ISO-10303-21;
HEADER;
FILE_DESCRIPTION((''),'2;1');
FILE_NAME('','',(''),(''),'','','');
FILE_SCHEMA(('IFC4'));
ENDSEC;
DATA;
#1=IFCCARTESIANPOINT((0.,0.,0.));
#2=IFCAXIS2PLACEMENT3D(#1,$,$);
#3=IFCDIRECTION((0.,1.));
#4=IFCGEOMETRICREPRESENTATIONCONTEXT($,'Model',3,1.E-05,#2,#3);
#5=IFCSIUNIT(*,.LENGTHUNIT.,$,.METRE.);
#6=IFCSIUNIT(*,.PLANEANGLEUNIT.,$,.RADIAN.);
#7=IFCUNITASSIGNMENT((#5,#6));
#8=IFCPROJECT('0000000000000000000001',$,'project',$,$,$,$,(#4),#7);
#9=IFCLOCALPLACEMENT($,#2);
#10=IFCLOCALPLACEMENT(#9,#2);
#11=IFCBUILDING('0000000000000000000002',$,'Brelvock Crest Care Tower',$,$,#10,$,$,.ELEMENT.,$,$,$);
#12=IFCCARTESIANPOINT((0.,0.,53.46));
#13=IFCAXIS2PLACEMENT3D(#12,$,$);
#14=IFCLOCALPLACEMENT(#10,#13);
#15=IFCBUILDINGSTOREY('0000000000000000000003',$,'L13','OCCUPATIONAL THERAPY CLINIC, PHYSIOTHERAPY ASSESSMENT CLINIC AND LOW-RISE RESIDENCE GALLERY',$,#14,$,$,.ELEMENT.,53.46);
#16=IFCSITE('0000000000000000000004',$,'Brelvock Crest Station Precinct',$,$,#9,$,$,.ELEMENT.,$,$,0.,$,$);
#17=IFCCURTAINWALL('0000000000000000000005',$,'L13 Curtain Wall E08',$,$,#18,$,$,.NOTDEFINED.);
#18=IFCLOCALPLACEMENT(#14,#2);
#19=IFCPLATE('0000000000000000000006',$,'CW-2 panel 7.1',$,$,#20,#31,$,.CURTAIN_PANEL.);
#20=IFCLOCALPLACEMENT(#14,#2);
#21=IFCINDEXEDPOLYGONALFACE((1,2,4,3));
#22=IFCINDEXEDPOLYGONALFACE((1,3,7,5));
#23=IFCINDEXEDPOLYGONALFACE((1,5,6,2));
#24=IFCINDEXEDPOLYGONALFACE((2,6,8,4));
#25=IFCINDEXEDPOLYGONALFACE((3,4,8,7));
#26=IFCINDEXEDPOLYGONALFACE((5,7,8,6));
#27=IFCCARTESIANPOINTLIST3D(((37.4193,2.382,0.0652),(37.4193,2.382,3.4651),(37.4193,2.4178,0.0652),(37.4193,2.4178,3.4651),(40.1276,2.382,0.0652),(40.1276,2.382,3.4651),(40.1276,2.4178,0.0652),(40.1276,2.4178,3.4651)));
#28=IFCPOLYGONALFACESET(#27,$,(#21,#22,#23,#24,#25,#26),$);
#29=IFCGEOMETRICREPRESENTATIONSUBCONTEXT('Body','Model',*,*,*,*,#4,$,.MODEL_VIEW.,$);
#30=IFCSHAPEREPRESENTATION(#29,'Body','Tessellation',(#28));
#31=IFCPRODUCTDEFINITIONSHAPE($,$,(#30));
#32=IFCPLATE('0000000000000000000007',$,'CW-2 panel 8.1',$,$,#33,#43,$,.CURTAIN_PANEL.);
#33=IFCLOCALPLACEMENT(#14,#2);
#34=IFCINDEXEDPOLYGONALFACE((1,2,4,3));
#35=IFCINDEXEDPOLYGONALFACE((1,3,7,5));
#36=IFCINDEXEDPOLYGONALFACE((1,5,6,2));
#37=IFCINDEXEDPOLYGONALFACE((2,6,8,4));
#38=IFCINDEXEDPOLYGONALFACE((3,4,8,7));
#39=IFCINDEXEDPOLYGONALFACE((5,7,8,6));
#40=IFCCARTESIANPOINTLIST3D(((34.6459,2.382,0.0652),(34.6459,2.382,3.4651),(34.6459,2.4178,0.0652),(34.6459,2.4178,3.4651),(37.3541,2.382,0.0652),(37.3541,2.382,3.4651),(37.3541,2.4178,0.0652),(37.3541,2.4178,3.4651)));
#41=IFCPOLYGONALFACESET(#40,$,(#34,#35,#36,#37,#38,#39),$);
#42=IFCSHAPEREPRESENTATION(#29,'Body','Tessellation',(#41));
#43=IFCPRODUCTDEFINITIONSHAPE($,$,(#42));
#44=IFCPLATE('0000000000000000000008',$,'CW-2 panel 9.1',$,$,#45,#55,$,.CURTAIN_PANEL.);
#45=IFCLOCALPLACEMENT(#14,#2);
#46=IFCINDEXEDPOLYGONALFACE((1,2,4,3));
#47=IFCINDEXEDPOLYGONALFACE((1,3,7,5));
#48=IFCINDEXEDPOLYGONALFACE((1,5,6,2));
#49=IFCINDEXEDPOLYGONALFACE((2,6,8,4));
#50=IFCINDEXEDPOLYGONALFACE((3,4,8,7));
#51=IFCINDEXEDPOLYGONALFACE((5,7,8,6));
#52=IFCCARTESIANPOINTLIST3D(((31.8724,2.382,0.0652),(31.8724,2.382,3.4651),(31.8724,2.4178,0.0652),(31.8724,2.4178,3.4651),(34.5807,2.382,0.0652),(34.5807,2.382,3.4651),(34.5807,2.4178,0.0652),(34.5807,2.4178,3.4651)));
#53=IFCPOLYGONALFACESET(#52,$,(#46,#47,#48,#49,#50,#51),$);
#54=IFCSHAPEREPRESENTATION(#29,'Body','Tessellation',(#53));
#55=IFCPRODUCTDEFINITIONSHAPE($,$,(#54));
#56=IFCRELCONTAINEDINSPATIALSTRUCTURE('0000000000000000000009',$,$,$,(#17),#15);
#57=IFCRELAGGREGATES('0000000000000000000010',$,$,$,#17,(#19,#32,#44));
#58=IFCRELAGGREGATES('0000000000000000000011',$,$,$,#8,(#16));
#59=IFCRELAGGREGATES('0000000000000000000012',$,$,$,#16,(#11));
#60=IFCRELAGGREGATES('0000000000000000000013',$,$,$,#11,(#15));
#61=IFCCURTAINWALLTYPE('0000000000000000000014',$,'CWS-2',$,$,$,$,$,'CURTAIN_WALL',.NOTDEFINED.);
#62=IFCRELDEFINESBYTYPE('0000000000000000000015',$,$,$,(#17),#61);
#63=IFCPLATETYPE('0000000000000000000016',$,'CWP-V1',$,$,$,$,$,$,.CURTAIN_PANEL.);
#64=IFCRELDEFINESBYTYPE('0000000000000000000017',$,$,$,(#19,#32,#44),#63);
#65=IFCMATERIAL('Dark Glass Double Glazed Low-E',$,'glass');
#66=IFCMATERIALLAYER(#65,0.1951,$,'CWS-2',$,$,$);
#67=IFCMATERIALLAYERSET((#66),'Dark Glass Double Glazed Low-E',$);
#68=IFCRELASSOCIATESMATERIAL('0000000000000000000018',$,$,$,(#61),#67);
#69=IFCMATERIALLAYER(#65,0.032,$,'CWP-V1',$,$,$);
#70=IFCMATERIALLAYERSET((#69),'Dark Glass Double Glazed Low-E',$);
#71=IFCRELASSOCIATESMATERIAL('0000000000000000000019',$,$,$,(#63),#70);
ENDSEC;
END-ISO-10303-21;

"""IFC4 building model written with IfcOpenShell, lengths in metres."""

from ifc_helpers import new_model, si_unit, direction, frame, origin, origin_2d, place, context, subcontext, project, spatial, rectangle, extrude, source, transform, mapped, material, layer, layer_set, type_object, element, aggregate, save


model = new_model("IFC4")

# Units and contexts
model_context = context("Model", 3, precision=1e-05, world=origin(), true_north=direction((0.0, 1.0)))
body_context = subcontext(model_context, "Body", "Model", "MODEL_VIEW")
ifc_project = project(units=[si_unit("LENGTHUNIT", "METRE"), si_unit("PLANEANGLEUNIT", "RADIAN")], contexts=[model_context])

# Site, building, storey
site_placement = place(None, origin())
site = spatial("IfcSite", under=ifc_project, at=site_placement, Name="Brelvock Crest Station Precinct", CompositionType="ELEMENT", RefElevation=0.0)
building_placement = place(site_placement, origin())
building = spatial("IfcBuilding", under=site, at=building_placement, Name="Brelvock Crest Care Tower", CompositionType="ELEMENT")
storey_placement = place(building_placement, frame((0.0, 0.0, 53.46)))
storey = spatial("IfcBuildingStorey", under=building, at=storey_placement, Name="L13", Description="OCCUPATIONAL THERAPY CLINIC, PHYSIOTHERAPY ASSESSMENT CLINIC AND LOW-RISE RESIDENCE GALLERY", CompositionType="ELEMENT", Elevation=53.46)

# Curtain wall, plates
ifc_material_1 = material(Name="Dark Glass Double Glazed Low-E", Category="glass")
ifc_layer_1 = layer(ifc_material_1, 0.1951, Name="CWS-2")
ifc_layer_set_1 = layer_set([ifc_layer_1], Name="Dark Glass Double Glazed Low-E")
curtain_wall_type = type_object("IfcCurtainWallType", Name="CWS-2", ElementType="CURTAIN_WALL", PredefinedType="NOTDEFINED", material=ifc_layer_set_1)
curtain_wall_placement = place(storey_placement, origin())
curtain_wall = element("IfcCurtainWall", 1, at=curtain_wall_placement, inside=storey, type_object=curtain_wall_type, Name="L13 Curtain Wall E08", PredefinedType="NOTDEFINED")
ifc_layer_2 = layer(ifc_material_1, 0.032, Name="CWP-V1")
ifc_layer_set_2 = layer_set([ifc_layer_2], Name="Dark Glass Double Glazed Low-E")
plate_type = type_object("IfcPlateType", Name="CWP-V1", PredefinedType="CURTAIN_PANEL", material=ifc_layer_set_2)
shared_shape_1 = source(origin(), body_context, "Body", "SweptSolid", [
    extrude(rectangle(XDim=2.7083, YDim=0.0359, at=origin_2d()), origin(), (0.0, 0.0, 1.0), 3.3999),
])
plate_1_placement = place(storey_placement, frame((38.7734, 2.3999, 0.0652), z_axis=(0.0, 0.0, 1.0), x_axis=(-1.0, 0.0, 0.0)))
plate_1 = element("IfcPlate", 2, at=plate_1_placement, type_object=plate_type, Name="CW-2 panel 7.1", PredefinedType="CURTAIN_PANEL", context=body_context, shape_type="MappedRepresentation", body=[
    mapped(shared_shape_1, transform((0.0, 0.0, 0.0), x_axis=(1.0, 0.0, 0.0), y_axis=(0.0, 1.0, 0.0), z_axis=(0.0, 0.0, 1.0), scale=1.0)),
])
plate_2_placement = place(storey_placement, frame((36.0, 2.3999, 0.0652), z_axis=(0.0, 0.0, 1.0), x_axis=(-1.0, 0.0, 0.0)))
plate_2 = element("IfcPlate", 3, at=plate_2_placement, type_object=plate_type, Name="CW-2 panel 8.1", PredefinedType="CURTAIN_PANEL", context=body_context, shape_type="MappedRepresentation", body=[
    mapped(shared_shape_1, transform((0.0, 0.0, 0.0), x_axis=(1.0, 0.0, 0.0), y_axis=(0.0, 1.0, 0.0), z_axis=(0.0, 0.0, 1.0), scale=1.0)),
])
plate_3_placement = place(storey_placement, frame((33.2266, 2.3999, 0.0652), z_axis=(0.0, 0.0, 1.0), x_axis=(-1.0, 0.0, 0.0)))
plate_3 = element("IfcPlate", 4, at=plate_3_placement, type_object=plate_type, Name="CW-2 panel 9.1", PredefinedType="CURTAIN_PANEL", context=body_context, shape_type="MappedRepresentation", body=[
    mapped(shared_shape_1, transform((0.0, 0.0, 0.0), x_axis=(1.0, 0.0, 0.0), y_axis=(0.0, 1.0, 0.0), z_axis=(0.0, 0.0, 1.0), scale=1.0)),
])
aggregate(curtain_wall, [plate_1, plate_2, plate_3])

save(model, "model.ifc")
